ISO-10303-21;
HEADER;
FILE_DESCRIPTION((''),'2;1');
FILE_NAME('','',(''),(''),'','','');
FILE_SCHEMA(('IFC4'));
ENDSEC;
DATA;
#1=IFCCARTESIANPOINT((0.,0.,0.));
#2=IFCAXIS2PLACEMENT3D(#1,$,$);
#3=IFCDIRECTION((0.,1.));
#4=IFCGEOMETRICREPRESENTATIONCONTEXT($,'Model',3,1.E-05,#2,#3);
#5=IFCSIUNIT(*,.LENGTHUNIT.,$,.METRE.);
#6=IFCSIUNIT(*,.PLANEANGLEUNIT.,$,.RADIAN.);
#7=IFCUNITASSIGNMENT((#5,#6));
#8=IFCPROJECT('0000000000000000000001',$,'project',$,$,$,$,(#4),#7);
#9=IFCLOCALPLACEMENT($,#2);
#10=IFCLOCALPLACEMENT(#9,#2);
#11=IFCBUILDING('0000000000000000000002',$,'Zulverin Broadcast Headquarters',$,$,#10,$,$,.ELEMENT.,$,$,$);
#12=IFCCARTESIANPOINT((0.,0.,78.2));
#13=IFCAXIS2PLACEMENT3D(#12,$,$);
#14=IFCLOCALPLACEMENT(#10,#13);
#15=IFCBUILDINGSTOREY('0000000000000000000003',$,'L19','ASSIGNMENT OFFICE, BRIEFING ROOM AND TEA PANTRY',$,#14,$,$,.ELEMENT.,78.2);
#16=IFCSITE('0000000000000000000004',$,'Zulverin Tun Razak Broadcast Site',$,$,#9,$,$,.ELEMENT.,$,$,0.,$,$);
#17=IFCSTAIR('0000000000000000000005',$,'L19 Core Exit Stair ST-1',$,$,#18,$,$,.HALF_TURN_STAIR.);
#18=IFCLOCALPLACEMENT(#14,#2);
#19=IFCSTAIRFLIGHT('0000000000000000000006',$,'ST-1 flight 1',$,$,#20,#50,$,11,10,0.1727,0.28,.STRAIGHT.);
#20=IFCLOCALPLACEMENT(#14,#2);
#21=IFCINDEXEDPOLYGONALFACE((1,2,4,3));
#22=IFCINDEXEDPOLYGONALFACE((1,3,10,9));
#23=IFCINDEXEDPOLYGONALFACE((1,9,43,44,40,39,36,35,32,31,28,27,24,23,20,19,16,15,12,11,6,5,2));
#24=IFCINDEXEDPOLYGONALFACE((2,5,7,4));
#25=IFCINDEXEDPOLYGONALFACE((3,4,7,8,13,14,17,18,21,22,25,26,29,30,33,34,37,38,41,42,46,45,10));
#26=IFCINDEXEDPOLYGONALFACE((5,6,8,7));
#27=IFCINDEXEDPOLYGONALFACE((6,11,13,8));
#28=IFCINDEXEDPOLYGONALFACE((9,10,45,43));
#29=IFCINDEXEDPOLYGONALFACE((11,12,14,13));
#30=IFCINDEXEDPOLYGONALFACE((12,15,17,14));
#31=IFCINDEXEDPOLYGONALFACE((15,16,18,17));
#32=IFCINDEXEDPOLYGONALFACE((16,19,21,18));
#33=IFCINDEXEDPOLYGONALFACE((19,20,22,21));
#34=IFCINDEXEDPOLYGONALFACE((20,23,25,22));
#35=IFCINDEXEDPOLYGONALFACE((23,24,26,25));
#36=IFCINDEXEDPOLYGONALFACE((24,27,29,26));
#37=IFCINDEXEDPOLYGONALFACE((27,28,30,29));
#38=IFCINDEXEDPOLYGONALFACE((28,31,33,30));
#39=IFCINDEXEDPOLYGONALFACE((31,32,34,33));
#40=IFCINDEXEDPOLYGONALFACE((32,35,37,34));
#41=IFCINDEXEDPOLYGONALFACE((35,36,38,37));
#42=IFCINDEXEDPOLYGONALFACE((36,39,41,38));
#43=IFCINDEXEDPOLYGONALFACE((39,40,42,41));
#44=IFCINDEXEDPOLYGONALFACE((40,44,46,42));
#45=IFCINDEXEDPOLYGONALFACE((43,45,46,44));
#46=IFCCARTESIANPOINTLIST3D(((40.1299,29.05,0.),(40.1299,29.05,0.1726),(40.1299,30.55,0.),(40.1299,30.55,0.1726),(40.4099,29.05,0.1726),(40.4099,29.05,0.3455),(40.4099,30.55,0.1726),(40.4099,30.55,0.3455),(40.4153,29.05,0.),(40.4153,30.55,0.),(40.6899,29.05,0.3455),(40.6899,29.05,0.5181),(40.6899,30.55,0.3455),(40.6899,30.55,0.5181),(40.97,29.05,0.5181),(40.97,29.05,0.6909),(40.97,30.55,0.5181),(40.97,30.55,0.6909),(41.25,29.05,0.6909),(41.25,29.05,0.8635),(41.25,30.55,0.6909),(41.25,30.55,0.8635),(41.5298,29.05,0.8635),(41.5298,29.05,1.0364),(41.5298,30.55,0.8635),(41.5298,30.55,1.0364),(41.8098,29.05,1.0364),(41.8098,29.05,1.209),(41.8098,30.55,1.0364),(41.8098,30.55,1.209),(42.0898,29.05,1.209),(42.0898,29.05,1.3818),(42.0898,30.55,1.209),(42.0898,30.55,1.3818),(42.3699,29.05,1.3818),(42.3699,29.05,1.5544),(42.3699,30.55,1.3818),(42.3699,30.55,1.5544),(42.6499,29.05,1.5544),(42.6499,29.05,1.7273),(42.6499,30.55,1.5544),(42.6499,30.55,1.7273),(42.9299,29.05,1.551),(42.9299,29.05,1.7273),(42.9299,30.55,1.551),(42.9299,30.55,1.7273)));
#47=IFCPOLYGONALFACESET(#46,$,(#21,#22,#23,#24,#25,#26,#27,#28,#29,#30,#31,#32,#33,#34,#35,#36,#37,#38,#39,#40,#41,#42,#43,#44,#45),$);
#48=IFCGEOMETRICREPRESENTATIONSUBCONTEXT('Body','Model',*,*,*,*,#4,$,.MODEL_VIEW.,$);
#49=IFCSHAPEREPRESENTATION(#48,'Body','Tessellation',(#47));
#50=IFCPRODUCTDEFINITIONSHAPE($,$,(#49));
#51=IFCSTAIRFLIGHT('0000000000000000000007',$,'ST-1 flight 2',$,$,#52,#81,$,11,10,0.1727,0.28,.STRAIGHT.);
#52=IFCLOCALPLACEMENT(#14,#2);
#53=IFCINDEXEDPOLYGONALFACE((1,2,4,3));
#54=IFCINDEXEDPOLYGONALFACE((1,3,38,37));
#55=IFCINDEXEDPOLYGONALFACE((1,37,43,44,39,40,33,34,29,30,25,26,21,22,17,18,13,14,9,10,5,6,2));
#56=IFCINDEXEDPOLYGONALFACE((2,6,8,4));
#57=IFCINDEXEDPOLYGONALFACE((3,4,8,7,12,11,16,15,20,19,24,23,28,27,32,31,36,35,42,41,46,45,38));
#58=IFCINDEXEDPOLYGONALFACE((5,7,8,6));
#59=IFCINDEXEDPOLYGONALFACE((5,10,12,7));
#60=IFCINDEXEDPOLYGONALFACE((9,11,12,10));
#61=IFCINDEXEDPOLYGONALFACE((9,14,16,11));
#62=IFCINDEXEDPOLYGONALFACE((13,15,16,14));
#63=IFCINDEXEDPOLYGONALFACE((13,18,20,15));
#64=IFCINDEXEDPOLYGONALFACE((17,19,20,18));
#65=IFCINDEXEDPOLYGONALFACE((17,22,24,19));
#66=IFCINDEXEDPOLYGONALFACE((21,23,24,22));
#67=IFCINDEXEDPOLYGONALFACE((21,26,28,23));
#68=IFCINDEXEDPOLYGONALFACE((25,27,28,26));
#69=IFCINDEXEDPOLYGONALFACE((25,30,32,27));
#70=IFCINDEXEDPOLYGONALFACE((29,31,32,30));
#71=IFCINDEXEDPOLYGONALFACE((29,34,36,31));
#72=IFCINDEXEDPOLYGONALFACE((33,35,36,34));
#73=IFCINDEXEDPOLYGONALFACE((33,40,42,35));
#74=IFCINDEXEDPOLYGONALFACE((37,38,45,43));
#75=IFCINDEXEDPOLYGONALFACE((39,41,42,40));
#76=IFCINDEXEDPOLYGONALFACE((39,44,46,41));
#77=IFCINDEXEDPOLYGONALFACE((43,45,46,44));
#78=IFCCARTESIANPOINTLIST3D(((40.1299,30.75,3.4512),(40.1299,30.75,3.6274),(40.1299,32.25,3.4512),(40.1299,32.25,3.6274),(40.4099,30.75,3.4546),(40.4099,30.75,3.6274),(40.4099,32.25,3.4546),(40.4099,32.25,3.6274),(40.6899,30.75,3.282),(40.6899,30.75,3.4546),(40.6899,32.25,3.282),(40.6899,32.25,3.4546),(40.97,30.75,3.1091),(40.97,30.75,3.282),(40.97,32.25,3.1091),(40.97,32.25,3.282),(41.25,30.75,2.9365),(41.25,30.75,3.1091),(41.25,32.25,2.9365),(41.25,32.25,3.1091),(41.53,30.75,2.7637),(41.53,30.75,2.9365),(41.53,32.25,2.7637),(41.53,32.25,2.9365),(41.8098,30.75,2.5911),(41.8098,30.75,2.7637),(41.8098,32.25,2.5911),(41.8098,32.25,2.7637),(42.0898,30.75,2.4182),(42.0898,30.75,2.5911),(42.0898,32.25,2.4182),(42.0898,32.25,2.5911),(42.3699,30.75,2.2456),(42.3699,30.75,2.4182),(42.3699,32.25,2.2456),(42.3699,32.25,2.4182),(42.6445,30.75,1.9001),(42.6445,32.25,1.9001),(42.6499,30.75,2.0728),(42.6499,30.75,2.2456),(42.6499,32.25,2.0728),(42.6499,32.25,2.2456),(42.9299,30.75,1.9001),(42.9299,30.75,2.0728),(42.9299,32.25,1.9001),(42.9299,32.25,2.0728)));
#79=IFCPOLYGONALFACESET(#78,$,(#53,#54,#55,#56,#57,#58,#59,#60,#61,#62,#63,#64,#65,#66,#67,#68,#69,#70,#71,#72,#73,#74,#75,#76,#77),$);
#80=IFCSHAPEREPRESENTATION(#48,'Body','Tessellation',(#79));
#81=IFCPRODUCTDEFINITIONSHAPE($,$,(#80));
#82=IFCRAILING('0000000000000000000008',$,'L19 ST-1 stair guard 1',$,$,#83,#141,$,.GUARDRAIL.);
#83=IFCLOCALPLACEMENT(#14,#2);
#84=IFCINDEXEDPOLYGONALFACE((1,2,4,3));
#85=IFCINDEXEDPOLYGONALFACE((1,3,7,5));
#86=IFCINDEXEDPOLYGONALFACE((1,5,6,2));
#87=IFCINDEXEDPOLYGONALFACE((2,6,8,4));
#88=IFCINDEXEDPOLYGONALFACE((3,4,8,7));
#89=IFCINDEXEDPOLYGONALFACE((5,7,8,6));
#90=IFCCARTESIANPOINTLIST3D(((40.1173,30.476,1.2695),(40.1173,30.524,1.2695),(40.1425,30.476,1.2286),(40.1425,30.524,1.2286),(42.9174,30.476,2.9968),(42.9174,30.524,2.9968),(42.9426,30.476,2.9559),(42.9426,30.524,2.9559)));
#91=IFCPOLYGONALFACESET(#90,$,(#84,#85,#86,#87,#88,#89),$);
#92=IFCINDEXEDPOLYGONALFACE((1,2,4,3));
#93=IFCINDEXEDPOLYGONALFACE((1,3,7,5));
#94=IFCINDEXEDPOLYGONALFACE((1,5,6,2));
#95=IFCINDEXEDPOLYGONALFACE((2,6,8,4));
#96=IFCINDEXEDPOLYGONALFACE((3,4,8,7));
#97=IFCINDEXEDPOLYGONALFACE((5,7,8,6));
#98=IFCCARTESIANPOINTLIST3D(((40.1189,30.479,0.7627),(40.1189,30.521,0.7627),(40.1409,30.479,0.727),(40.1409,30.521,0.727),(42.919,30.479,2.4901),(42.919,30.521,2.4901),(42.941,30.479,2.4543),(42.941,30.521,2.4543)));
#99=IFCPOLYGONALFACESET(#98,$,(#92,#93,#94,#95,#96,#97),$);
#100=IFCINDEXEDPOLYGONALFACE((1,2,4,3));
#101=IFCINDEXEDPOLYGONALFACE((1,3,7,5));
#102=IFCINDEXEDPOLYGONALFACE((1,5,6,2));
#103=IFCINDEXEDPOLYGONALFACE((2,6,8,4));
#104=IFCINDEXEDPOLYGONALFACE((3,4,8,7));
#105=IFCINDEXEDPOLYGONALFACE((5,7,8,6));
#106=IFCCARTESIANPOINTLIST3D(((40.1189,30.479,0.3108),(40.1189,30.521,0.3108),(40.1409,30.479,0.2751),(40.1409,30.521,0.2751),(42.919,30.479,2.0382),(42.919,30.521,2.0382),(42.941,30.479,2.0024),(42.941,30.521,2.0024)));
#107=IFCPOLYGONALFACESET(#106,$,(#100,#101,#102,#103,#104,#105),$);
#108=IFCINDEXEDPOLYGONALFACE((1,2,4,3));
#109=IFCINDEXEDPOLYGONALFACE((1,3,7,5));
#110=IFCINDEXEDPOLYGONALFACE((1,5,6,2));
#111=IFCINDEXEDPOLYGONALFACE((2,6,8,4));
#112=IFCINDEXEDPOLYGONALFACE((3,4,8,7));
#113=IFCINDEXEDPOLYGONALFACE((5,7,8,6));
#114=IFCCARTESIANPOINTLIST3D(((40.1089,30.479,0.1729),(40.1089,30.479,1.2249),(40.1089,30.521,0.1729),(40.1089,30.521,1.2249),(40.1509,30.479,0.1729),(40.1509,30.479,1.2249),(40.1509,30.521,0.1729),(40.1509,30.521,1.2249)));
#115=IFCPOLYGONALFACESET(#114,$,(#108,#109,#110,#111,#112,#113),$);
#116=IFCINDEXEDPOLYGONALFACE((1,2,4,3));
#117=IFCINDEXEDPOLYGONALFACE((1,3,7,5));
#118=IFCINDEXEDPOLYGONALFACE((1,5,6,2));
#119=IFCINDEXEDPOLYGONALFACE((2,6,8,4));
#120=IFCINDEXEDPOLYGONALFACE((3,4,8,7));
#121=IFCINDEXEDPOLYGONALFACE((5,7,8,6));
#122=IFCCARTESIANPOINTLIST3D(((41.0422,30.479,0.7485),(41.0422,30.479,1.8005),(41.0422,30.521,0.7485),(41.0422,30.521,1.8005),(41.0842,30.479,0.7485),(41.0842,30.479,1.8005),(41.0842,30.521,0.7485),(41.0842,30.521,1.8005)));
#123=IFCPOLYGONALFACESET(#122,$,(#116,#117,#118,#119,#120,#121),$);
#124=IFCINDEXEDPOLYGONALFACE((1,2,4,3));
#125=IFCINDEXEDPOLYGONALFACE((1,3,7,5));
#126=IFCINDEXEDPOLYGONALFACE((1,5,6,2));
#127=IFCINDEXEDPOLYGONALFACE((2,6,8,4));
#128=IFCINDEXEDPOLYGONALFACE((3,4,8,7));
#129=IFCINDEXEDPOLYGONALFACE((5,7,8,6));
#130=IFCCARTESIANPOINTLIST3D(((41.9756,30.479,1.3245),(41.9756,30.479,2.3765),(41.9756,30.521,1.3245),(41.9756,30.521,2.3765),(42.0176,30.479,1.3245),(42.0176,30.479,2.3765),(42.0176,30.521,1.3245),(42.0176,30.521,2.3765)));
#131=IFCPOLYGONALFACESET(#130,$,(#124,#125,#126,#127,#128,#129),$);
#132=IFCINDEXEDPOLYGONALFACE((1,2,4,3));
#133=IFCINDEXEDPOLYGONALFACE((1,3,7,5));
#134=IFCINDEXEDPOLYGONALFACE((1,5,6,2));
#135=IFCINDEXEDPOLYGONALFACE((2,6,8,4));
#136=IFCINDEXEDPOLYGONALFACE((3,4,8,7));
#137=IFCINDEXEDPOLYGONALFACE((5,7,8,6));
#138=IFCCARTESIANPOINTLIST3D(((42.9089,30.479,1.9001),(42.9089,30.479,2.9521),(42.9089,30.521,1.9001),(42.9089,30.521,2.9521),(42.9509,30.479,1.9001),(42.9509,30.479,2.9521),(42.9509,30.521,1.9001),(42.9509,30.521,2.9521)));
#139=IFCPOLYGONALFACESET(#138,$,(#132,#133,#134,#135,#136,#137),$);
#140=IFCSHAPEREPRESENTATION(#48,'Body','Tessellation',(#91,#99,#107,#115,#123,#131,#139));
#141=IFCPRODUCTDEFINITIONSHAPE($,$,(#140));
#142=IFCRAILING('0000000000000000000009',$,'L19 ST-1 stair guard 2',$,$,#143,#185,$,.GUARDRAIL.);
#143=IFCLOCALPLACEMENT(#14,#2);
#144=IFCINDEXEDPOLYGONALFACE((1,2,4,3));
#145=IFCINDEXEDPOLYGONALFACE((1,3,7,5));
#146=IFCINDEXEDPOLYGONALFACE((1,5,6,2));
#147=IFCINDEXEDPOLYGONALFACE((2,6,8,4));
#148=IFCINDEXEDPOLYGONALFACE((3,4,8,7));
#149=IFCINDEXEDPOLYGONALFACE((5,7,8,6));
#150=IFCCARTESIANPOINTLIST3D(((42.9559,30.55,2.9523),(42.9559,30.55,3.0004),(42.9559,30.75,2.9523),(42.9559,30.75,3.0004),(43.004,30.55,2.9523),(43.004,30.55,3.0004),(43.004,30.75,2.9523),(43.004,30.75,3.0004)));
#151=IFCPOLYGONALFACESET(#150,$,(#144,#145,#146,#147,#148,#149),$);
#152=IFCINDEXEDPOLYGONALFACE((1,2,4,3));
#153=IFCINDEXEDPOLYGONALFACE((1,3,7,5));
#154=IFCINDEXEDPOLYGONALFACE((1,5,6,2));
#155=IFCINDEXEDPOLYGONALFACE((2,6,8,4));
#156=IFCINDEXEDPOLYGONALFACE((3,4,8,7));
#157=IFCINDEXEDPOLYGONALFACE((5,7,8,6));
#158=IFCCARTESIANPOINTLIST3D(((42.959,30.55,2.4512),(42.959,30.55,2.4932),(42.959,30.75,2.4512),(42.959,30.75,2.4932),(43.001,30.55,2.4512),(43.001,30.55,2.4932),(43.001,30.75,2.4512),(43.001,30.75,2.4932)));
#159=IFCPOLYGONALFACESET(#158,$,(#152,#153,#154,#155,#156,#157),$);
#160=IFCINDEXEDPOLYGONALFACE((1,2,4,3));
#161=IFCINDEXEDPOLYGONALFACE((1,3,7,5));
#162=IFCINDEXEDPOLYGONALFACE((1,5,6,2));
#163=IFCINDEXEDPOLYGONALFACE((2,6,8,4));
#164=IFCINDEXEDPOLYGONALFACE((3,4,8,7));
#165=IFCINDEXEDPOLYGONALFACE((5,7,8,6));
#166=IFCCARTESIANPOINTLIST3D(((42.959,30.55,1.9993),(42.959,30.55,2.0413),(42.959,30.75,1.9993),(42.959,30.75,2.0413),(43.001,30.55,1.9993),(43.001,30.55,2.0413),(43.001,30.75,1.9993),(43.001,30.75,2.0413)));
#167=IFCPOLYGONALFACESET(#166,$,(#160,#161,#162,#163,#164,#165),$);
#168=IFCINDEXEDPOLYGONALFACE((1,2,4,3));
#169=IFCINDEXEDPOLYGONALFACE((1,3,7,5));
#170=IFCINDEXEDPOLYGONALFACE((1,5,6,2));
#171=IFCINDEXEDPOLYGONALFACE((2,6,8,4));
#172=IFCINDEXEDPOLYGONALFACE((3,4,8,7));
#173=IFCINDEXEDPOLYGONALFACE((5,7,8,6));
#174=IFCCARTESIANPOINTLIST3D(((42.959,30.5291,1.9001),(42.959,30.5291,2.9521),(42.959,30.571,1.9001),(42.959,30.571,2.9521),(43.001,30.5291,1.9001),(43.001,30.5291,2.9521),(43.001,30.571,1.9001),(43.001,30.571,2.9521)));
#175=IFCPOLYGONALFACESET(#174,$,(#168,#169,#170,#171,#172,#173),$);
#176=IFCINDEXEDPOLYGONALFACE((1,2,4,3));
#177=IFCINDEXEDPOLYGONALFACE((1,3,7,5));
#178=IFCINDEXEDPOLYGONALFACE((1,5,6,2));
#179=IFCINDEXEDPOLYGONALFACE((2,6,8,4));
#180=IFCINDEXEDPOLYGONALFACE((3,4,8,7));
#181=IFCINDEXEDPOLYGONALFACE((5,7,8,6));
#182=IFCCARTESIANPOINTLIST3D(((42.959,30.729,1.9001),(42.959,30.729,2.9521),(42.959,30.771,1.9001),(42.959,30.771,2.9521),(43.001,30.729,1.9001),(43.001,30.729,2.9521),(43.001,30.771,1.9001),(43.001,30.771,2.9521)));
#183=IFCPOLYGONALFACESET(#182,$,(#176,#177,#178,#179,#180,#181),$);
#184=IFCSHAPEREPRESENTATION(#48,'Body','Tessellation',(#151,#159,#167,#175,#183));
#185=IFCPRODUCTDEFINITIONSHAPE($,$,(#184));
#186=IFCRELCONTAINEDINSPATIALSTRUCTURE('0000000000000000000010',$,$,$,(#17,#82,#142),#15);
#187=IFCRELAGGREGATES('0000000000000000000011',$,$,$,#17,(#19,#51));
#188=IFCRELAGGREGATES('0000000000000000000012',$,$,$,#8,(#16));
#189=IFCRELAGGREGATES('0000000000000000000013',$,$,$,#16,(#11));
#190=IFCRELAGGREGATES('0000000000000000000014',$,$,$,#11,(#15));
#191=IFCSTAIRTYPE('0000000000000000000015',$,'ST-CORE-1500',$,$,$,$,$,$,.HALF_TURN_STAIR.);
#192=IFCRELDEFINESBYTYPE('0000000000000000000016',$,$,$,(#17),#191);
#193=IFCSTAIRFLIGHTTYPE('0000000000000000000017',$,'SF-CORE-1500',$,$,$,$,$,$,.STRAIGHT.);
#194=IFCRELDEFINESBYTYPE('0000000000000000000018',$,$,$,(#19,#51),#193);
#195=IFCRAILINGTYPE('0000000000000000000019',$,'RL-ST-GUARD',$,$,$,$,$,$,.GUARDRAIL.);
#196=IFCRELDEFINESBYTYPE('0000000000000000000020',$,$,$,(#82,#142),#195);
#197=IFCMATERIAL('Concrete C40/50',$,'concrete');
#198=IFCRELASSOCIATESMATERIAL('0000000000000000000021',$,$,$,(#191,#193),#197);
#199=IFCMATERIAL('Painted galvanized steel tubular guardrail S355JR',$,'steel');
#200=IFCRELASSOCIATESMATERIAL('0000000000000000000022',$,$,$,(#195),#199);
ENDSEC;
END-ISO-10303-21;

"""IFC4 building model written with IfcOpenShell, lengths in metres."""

from ifc_helpers import new_model, si_unit, direction, frame, origin, origin_2d, place, context, subcontext, project, spatial, polyline, rectangle, outline, extrude, material, type_object, element, aggregate, save


model = new_model("IFC4")

# Units and contexts
model_context = context("Model", 3, precision=1e-05, world=origin(), true_north=direction((0.0, 1.0)))
body_context = subcontext(model_context, "Body", "Model", "MODEL_VIEW")
ifc_project = project(units=[si_unit("LENGTHUNIT", "METRE"), si_unit("PLANEANGLEUNIT", "RADIAN")], contexts=[model_context])

# Site, building, storey
site_placement = place(None, origin())
site = spatial("IfcSite", under=ifc_project, at=site_placement, Name="Zulverin Tun Razak Broadcast Site", CompositionType="ELEMENT", RefElevation=0.0)
building_placement = place(site_placement, origin())
building = spatial("IfcBuilding", under=site, at=building_placement, Name="Zulverin Broadcast Headquarters", CompositionType="ELEMENT")
storey_placement = place(building_placement, frame((0.0, 0.0, 78.2)))
storey = spatial("IfcBuildingStorey", under=building, at=storey_placement, Name="L19", Description="ASSIGNMENT OFFICE, BRIEFING ROOM AND TEA PANTRY", CompositionType="ELEMENT", Elevation=78.2)

# Shared definitions
ifc_material_1 = material(Name="Concrete C40/50", Category="concrete")

# Stair, stair flights
stair_type = type_object("IfcStairType", Name="ST-CORE-1500", PredefinedType="HALF_TURN_STAIR", material=ifc_material_1)
stair_placement = place(storey_placement, origin())
stair = element("IfcStair", 1, at=stair_placement, inside=storey, type_object=stair_type, Name="L19 Core Exit Stair ST-1", PredefinedType="HALF_TURN_STAIR")
stair_flight_type = type_object("IfcStairFlightType", Name="SF-CORE-1500", PredefinedType="STRAIGHT", material=ifc_material_1)
stair_flight_1_placement = place(storey_placement, frame((40.1299, 29.8, 0.0), z_axis=(0.0, 0.0, 1.0), x_axis=(1.0, 0.0, 0.0)))
stair_flight_1 = element("IfcStairFlight", 2, at=stair_flight_1_placement, type_object=stair_flight_type, Name="ST-1 flight 1", NumberOfRisers=11, NumberOfTreads=10, PredefinedType="STRAIGHT", RiserHeight=0.1727, TreadLength=0.28, context=body_context, shape_type="SweptSolid", body=[
    extrude(outline(polyline([(0.0, 0.0), (0.0, 0.1726), (0.28, 0.1726), (0.28, 0.3455), (0.5601, 0.3455), (0.5601, 0.5181), (0.8401, 0.5181), (0.8401, 0.6909), (1.1201, 0.6909), (1.1201, 0.8635), (1.3999, 0.8635), (1.3999, 1.0364), (1.6799, 1.0364), (1.6799, 1.209), (1.96, 1.209), (1.96, 1.3818), (2.24, 1.3818), (2.24, 1.5544), (2.52, 1.5544), (2.52, 1.7273), (2.8, 1.7273), (2.8, 1.8999), (2.8, 1.551), (0.2854, 0.0), (0.0, 0.0)])), frame((0.0, 0.75, 0.0), z_axis=(0.0, -1.0, 0.0), x_axis=(1.0, 0.0, 0.0)), (0.0, 0.0, 1.0), 1.5),
])
stair_flight_2_placement = place(storey_placement, frame((42.9299, 31.5, 1.9001), z_axis=(0.0, 0.0, 1.0), x_axis=(-1.0, 0.0, 0.0)))
stair_flight_2 = element("IfcStairFlight", 3, at=stair_flight_2_placement, type_object=stair_flight_type, Name="ST-1 flight 2", NumberOfRisers=11, NumberOfTreads=10, PredefinedType="STRAIGHT", RiserHeight=0.1727, TreadLength=0.28, context=body_context, shape_type="SweptSolid", body=[
    extrude(outline(polyline([(0.0, 0.0), (0.0, 0.1726), (0.28, 0.1726), (0.28, 0.3455), (0.5601, 0.3455), (0.5601, 0.5181), (0.8401, 0.5181), (0.8401, 0.6909), (1.1201, 0.6909), (1.1201, 0.8635), (1.3999, 0.8635), (1.3999, 1.0364), (1.6799, 1.0364), (1.6799, 1.209), (1.96, 1.209), (1.96, 1.3818), (2.24, 1.3818), (2.24, 1.5544), (2.52, 1.5544), (2.52, 1.7273), (2.8, 1.7273), (2.8, 1.8999), (2.8, 1.551), (0.2854, 0.0), (0.0, 0.0)])), frame((0.0, 0.75, 0.0), z_axis=(0.0, -1.0, 0.0), x_axis=(1.0, 0.0, 0.0)), (0.0, 0.0, 1.0), 1.5),
])
aggregate(stair, [stair_flight_1, stair_flight_2])

# Railings
ifc_material_2 = material(Name="Painted galvanized steel tubular guardrail S355JR", Category="steel")
railing_type_1 = type_object("IfcRailingType", Name="RL-ST-GUARD", PredefinedType="GUARDRAIL", material=ifc_material_2)
railing_1_placement = place(storey_placement, frame((40.1299, 30.5, 0.1729)))
element("IfcRailing", 4, at=railing_1_placement, inside=storey, type_object=railing_type_1, Name="L19 ST-1 stair guard 1", PredefinedType="GUARDRAIL", context=body_context, shape_type="SweptSolid", body=[
    extrude(rectangle(XDim=0.0481, YDim=0.0481, at=origin_2d()), frame((0.0, 0.0, 1.0762), z_axis=(0.85109, 0.0, 0.52502), x_axis=(0.0, 1.0, 0.0)), (0.0, 0.0, 1.0), 3.29),
    extrude(rectangle(XDim=0.042, YDim=0.042, at=origin_2d()), frame((0.0, 0.0, 0.572), z_axis=(0.85109, 0.0, 0.52502), x_axis=(0.0, 1.0, 0.0)), (0.0, 0.0, 1.0), 3.29),
    extrude(rectangle(XDim=0.042, YDim=0.042, at=origin_2d()), frame((0.0, 0.0, 0.1201), z_axis=(0.85109, 0.0, 0.52502), x_axis=(0.0, 1.0, 0.0)), (0.0, 0.0, 1.0), 3.29),
    extrude(rectangle(XDim=0.042, YDim=0.042, at=origin_2d()), origin(), (0.0, 0.0, 1.0), 1.052),
    extrude(rectangle(XDim=0.042, YDim=0.042, at=origin_2d()), frame((0.9333, 0.0, 0.5757)), (0.0, 0.0, 1.0), 1.052),
    extrude(rectangle(XDim=0.042, YDim=0.042, at=origin_2d()), frame((1.8667, 0.0, 1.1516)), (0.0, 0.0, 1.0), 1.052),
    extrude(rectangle(XDim=0.042, YDim=0.042, at=origin_2d()), frame((2.8, 0.0, 1.7273)), (0.0, 0.0, 1.0), 1.052),
])
railing_2_placement = place(storey_placement, frame((42.98, 30.55, 1.9001)))
element("IfcRailing", 5, at=railing_2_placement, inside=storey, type_object=railing_type_1, Name="L19 ST-1 stair guard 2", PredefinedType="GUARDRAIL", context=body_context, shape_type="SweptSolid", body=[
    extrude(rectangle(XDim=0.0481, YDim=0.0481, at=origin_2d()), frame((0.0, 0.0, 1.0762), z_axis=(0.0, 1.0, 0.0), x_axis=(-1.0, 0.0, 0.0)), (0.0, 0.0, 1.0), 0.2),
    extrude(rectangle(XDim=0.042, YDim=0.042, at=origin_2d()), frame((0.0, 0.0, 0.572), z_axis=(0.0, 1.0, 0.0), x_axis=(-1.0, 0.0, 0.0)), (0.0, 0.0, 1.0), 0.2),
    extrude(rectangle(XDim=0.042, YDim=0.042, at=origin_2d()), frame((0.0, 0.0, 0.1201), z_axis=(0.0, 1.0, 0.0), x_axis=(-1.0, 0.0, 0.0)), (0.0, 0.0, 1.0), 0.2),
    extrude(rectangle(XDim=0.042, YDim=0.042, at=origin_2d()), origin(), (0.0, 0.0, 1.0), 1.052),
    extrude(rectangle(XDim=0.042, YDim=0.042, at=origin_2d()), frame((0.0, 0.2, 0.0)), (0.0, 0.0, 1.0), 1.052),
])

save(model, "model.ifc")
